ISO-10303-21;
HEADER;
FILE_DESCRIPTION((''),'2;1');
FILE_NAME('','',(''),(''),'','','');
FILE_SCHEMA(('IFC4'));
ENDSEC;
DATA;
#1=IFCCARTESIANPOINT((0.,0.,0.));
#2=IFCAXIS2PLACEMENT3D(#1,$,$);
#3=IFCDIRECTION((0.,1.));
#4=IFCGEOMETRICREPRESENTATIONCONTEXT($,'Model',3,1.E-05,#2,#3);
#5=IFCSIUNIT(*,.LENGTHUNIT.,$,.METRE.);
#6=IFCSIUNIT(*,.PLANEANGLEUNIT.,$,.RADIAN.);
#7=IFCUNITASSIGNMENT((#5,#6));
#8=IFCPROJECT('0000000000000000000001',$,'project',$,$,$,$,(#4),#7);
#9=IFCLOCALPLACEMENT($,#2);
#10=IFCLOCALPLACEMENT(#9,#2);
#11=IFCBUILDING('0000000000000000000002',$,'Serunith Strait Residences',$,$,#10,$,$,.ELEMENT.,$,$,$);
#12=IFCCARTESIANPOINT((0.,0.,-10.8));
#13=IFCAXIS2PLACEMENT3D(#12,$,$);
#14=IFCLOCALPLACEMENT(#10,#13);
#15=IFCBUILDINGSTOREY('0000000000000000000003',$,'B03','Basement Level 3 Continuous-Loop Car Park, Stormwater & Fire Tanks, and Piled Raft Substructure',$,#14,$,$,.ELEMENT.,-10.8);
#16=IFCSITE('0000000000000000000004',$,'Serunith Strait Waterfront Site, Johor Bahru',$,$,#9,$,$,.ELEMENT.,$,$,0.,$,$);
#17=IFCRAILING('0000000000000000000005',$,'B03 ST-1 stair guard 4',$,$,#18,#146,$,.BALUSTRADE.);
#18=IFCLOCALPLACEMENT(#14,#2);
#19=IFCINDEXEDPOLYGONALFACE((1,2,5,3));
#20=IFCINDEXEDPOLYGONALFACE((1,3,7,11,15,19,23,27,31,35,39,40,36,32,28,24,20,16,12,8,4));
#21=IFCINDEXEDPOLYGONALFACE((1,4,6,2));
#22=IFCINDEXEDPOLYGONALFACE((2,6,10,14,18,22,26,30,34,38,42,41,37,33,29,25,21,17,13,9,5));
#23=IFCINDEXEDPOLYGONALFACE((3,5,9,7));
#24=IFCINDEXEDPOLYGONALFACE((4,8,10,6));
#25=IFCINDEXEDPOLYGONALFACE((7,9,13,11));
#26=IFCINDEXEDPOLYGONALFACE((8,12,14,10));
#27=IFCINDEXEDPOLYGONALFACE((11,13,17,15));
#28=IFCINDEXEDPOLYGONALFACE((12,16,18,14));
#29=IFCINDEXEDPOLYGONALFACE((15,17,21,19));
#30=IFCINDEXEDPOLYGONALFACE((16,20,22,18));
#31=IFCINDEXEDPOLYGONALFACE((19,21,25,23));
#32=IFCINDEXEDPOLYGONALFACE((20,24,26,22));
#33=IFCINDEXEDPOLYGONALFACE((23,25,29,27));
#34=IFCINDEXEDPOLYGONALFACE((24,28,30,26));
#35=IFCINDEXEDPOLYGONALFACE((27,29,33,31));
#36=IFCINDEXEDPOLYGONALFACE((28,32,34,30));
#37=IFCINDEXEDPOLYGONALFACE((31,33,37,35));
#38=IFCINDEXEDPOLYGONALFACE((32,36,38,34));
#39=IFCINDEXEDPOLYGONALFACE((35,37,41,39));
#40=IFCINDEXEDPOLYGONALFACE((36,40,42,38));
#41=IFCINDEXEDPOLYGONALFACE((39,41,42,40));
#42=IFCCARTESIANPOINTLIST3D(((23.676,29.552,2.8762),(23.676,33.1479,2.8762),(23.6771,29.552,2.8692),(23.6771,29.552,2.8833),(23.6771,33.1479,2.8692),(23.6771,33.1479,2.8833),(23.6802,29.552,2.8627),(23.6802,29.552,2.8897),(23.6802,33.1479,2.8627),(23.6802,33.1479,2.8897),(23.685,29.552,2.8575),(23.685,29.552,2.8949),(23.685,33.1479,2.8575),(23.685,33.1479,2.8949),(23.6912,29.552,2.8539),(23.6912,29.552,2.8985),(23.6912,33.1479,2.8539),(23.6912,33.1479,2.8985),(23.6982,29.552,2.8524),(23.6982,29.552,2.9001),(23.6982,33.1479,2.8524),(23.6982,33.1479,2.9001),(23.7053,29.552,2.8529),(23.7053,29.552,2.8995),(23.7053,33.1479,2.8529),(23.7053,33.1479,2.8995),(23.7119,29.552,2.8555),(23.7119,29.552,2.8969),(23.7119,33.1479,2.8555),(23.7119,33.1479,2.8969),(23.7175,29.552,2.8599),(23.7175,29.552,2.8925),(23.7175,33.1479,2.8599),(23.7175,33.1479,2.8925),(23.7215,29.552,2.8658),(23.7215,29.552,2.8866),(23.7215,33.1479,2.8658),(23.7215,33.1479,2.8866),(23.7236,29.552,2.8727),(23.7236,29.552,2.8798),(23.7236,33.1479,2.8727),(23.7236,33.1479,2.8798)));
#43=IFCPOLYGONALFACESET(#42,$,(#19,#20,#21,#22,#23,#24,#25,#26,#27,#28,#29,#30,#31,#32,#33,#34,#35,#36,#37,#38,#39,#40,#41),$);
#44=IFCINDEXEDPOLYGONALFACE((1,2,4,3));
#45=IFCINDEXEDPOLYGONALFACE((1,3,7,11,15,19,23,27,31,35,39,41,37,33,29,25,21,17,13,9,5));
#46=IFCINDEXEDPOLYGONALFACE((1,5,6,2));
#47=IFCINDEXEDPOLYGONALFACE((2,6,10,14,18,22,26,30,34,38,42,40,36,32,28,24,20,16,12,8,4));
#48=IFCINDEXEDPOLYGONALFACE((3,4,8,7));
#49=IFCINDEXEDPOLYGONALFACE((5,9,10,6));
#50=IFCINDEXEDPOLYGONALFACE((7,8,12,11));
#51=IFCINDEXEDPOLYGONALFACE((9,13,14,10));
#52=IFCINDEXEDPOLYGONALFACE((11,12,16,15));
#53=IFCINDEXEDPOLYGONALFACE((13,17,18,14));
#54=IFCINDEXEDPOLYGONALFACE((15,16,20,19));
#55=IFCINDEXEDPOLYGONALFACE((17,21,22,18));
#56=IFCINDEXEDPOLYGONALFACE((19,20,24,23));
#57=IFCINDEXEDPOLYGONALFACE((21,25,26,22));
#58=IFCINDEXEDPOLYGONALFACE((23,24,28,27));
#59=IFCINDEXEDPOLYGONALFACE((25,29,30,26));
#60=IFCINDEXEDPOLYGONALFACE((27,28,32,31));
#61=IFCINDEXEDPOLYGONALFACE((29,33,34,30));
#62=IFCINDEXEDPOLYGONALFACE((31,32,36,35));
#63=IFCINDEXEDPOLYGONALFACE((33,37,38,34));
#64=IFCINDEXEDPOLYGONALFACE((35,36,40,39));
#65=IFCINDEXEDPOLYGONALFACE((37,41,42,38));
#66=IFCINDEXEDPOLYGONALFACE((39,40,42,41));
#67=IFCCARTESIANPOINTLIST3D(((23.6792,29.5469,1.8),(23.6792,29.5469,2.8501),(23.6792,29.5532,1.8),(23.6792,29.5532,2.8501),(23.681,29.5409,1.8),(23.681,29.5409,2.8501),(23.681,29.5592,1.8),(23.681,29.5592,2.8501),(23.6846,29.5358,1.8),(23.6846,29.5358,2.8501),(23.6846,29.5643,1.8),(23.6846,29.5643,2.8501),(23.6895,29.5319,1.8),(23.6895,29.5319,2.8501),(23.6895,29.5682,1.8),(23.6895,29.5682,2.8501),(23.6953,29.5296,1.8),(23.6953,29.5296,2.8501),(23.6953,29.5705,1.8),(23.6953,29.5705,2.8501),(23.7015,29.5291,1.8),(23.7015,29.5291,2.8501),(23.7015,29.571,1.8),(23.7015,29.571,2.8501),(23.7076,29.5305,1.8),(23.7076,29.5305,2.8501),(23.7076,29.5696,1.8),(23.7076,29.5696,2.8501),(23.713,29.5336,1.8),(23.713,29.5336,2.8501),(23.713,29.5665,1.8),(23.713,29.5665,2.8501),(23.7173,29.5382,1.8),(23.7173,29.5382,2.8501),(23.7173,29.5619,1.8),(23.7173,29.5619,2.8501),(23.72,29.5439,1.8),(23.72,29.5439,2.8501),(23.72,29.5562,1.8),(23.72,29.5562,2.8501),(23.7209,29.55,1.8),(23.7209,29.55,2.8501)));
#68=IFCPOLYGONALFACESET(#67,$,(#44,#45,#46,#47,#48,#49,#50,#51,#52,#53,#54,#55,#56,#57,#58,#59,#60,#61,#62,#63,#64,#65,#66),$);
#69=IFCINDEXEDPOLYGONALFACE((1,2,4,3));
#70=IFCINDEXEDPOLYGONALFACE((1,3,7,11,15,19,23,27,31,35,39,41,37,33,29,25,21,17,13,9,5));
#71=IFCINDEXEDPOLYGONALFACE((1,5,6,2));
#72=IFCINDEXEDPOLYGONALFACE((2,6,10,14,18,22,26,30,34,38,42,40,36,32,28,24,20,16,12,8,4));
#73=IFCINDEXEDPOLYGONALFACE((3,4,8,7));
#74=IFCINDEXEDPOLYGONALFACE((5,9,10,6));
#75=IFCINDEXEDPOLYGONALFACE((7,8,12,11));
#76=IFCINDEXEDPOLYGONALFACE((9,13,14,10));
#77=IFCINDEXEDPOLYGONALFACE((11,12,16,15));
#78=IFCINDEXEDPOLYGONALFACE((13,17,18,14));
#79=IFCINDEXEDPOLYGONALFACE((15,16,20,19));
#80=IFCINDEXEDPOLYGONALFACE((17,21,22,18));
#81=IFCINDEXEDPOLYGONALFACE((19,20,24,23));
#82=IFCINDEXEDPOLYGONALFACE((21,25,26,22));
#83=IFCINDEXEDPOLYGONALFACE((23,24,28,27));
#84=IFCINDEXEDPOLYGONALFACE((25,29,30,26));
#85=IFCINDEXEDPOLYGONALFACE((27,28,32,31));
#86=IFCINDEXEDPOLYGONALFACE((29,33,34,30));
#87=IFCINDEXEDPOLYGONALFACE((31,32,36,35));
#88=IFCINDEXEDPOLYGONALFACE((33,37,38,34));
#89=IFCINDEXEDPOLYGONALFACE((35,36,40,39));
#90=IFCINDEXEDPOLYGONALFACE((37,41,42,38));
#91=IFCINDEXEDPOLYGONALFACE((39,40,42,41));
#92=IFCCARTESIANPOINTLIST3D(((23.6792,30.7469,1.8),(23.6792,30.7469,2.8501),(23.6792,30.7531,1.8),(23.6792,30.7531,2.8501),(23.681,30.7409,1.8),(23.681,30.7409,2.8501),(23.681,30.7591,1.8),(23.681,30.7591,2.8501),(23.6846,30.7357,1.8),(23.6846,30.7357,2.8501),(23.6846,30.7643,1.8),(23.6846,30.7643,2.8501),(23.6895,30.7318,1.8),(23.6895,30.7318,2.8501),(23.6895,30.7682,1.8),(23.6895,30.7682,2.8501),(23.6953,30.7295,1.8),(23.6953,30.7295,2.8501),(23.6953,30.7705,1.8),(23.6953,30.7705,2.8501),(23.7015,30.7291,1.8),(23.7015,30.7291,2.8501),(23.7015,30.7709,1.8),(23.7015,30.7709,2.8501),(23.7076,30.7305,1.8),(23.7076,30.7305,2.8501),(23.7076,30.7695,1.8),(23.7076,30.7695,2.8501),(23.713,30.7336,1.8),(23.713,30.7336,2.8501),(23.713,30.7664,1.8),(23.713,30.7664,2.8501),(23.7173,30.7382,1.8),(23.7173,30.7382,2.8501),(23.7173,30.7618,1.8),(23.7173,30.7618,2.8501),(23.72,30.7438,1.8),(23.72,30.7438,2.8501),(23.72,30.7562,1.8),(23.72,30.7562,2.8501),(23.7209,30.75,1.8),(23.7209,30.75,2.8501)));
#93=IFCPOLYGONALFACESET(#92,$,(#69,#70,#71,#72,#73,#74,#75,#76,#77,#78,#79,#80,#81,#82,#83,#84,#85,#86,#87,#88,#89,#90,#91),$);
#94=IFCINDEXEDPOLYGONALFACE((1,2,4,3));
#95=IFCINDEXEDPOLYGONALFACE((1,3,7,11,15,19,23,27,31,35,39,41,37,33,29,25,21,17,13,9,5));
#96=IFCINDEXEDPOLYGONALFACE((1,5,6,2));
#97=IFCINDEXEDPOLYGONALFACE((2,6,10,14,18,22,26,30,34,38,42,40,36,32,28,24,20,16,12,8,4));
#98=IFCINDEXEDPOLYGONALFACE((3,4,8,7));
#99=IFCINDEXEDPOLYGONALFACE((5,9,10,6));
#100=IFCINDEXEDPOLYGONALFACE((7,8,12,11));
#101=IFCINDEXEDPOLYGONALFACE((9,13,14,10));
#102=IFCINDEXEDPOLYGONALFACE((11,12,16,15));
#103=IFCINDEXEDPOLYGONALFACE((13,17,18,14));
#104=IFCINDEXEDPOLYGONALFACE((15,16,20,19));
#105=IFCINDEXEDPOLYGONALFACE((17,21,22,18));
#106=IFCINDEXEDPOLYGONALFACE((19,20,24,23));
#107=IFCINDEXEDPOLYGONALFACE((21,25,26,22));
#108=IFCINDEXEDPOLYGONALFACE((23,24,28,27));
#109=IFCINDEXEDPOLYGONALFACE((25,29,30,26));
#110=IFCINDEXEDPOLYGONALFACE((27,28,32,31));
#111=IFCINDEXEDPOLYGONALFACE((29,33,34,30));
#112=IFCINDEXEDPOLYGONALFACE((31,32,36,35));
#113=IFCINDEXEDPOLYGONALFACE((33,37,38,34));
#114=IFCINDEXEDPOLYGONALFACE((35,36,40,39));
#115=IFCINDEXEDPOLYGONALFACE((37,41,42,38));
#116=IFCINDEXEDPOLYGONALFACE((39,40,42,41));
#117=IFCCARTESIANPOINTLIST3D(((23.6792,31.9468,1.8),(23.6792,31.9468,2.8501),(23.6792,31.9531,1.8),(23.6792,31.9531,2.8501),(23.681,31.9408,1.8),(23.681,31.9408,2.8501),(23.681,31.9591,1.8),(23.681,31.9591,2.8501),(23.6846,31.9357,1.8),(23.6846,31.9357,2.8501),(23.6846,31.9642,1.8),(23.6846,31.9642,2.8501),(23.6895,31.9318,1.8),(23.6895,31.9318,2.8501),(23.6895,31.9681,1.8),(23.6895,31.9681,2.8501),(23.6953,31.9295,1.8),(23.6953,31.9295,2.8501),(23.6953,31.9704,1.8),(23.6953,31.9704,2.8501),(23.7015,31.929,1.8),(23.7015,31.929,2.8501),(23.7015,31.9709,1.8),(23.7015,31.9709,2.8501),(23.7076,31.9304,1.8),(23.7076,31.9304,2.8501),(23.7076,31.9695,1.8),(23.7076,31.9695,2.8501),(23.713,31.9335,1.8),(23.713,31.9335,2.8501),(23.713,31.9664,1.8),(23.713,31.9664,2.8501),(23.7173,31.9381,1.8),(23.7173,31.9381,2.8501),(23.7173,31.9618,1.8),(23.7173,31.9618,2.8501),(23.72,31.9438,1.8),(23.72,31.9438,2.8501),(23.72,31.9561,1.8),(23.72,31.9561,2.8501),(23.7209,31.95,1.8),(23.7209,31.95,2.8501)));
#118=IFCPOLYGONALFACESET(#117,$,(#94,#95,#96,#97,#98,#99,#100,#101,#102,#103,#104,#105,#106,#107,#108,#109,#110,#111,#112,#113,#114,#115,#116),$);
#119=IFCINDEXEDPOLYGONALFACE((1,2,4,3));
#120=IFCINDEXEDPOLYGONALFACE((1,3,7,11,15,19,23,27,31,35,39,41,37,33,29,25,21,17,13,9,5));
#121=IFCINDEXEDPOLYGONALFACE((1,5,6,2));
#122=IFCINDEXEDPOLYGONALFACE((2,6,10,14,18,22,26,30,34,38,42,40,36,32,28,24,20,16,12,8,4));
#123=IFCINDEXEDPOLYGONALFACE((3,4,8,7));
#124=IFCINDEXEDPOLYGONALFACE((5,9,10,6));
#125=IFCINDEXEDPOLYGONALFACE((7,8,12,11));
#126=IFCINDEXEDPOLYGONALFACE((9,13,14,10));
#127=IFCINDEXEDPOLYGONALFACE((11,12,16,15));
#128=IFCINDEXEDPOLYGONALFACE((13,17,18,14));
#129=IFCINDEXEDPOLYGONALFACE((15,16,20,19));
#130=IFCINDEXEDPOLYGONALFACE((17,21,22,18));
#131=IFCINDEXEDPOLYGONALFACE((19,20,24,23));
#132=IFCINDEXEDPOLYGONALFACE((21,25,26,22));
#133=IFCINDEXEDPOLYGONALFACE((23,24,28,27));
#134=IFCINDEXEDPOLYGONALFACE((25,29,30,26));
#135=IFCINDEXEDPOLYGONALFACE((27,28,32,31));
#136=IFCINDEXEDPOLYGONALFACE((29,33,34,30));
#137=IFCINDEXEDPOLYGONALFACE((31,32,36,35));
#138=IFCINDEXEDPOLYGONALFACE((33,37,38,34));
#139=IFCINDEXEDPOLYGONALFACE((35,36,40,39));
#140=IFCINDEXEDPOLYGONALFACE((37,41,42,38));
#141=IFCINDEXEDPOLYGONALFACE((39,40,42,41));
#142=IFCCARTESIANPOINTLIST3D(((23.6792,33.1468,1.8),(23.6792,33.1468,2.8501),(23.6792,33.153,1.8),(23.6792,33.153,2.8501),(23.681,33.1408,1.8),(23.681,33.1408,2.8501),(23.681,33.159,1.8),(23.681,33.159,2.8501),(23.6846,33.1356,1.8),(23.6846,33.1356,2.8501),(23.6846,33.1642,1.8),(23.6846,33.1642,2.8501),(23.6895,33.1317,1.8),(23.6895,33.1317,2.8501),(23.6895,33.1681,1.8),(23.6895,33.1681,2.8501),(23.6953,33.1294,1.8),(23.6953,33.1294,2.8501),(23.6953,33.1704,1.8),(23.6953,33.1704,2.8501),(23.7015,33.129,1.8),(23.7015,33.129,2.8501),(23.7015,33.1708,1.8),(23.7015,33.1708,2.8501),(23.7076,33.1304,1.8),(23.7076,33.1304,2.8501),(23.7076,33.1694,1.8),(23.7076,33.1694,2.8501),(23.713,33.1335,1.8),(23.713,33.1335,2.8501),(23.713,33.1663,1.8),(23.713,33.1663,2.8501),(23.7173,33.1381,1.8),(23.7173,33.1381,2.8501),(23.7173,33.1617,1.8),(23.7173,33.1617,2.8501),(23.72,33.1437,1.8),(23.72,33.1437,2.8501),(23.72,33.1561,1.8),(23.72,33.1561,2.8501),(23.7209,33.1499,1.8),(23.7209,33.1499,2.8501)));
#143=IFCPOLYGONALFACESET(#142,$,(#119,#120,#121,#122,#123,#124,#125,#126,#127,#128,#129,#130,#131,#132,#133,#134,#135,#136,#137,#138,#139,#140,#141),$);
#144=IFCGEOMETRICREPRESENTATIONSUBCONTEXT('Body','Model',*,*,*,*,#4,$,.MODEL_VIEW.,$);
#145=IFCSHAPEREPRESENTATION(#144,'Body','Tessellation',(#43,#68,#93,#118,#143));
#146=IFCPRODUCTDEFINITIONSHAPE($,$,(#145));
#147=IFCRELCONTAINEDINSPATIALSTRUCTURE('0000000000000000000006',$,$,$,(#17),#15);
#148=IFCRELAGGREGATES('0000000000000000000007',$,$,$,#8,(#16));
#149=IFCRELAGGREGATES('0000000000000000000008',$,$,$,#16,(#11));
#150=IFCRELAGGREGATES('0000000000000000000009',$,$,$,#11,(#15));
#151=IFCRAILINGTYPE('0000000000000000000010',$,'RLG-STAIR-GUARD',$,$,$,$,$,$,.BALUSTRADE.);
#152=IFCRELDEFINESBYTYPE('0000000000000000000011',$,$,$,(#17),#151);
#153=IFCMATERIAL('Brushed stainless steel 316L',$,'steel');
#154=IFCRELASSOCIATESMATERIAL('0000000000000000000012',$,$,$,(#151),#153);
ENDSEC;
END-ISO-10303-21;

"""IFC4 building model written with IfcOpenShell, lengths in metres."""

from ifc_helpers import new_model, si_unit, direction, frame, origin, origin_2d, place, context, subcontext, project, spatial, circle, extrude, material, type_object, element, save


model = new_model("IFC4")

# Units and contexts
model_context = context("Model", 3, precision=1e-05, world=origin(), true_north=direction((0.0, 1.0)))
body_context = subcontext(model_context, "Body", "Model", "MODEL_VIEW")
ifc_project = project(units=[si_unit("LENGTHUNIT", "METRE"), si_unit("PLANEANGLEUNIT", "RADIAN")], contexts=[model_context])

# Site, building, storey
site_placement = place(None, origin())
site = spatial("IfcSite", under=ifc_project, at=site_placement, Name="Serunith Strait Waterfront Site, Johor Bahru", CompositionType="ELEMENT", RefElevation=0.0)
building_placement = place(site_placement, origin())
building = spatial("IfcBuilding", under=site, at=building_placement, Name="Serunith Strait Residences", CompositionType="ELEMENT")
storey_placement = place(building_placement, frame((0.0, 0.0, -10.8)))
storey = spatial("IfcBuildingStorey", under=building, at=storey_placement, Name="B03", Description="Basement Level 3 Continuous-Loop Car Park, Stormwater & Fire Tanks, and Piled Raft Substructure", CompositionType="ELEMENT", Elevation=-10.8)

# Railing
ifc_material_1 = material(Name="Brushed stainless steel 316L", Category="steel")
railing_type_1 = type_object("IfcRailingType", Name="RLG-STAIR-GUARD", PredefinedType="BALUSTRADE", material=ifc_material_1)
for number, where, name in (
    (1, (23.7, 29.55, 1.8), "B03 ST-1 stair guard 4"),
):
    element("IfcRailing", number, at=place(storey_placement, frame(where)), inside=storey, type_object=railing_type_1, Name=name, PredefinedType="BALUSTRADE", context=body_context, shape_type="SweptSolid", body=[
        extrude(circle(Radius=0.0239, at=origin_2d()), frame((0.0, 0.002, 1.0762), z_axis=(0.0, 1.0, 0.0), x_axis=(-1.0, 0.0, 0.0)), (0.0, 0.0, 1.0), 3.5959),
        extrude(circle(Radius=0.021, at=origin_2d()), origin(), (0.0, 0.0, 1.0), 1.05),
        extrude(circle(Radius=0.021, at=origin_2d()), frame((0.0, 1.2, 0.0)), (0.0, 0.0, 1.0), 1.05),
        extrude(circle(Radius=0.021, at=origin_2d()), frame((0.0, 2.3999, 0.0)), (0.0, 0.0, 1.0), 1.05),
        extrude(circle(Radius=0.021, at=origin_2d()), frame((0.0, 3.5999, 0.0)), (0.0, 0.0, 1.0), 1.05),
    ])

save(model, "model.ifc")
